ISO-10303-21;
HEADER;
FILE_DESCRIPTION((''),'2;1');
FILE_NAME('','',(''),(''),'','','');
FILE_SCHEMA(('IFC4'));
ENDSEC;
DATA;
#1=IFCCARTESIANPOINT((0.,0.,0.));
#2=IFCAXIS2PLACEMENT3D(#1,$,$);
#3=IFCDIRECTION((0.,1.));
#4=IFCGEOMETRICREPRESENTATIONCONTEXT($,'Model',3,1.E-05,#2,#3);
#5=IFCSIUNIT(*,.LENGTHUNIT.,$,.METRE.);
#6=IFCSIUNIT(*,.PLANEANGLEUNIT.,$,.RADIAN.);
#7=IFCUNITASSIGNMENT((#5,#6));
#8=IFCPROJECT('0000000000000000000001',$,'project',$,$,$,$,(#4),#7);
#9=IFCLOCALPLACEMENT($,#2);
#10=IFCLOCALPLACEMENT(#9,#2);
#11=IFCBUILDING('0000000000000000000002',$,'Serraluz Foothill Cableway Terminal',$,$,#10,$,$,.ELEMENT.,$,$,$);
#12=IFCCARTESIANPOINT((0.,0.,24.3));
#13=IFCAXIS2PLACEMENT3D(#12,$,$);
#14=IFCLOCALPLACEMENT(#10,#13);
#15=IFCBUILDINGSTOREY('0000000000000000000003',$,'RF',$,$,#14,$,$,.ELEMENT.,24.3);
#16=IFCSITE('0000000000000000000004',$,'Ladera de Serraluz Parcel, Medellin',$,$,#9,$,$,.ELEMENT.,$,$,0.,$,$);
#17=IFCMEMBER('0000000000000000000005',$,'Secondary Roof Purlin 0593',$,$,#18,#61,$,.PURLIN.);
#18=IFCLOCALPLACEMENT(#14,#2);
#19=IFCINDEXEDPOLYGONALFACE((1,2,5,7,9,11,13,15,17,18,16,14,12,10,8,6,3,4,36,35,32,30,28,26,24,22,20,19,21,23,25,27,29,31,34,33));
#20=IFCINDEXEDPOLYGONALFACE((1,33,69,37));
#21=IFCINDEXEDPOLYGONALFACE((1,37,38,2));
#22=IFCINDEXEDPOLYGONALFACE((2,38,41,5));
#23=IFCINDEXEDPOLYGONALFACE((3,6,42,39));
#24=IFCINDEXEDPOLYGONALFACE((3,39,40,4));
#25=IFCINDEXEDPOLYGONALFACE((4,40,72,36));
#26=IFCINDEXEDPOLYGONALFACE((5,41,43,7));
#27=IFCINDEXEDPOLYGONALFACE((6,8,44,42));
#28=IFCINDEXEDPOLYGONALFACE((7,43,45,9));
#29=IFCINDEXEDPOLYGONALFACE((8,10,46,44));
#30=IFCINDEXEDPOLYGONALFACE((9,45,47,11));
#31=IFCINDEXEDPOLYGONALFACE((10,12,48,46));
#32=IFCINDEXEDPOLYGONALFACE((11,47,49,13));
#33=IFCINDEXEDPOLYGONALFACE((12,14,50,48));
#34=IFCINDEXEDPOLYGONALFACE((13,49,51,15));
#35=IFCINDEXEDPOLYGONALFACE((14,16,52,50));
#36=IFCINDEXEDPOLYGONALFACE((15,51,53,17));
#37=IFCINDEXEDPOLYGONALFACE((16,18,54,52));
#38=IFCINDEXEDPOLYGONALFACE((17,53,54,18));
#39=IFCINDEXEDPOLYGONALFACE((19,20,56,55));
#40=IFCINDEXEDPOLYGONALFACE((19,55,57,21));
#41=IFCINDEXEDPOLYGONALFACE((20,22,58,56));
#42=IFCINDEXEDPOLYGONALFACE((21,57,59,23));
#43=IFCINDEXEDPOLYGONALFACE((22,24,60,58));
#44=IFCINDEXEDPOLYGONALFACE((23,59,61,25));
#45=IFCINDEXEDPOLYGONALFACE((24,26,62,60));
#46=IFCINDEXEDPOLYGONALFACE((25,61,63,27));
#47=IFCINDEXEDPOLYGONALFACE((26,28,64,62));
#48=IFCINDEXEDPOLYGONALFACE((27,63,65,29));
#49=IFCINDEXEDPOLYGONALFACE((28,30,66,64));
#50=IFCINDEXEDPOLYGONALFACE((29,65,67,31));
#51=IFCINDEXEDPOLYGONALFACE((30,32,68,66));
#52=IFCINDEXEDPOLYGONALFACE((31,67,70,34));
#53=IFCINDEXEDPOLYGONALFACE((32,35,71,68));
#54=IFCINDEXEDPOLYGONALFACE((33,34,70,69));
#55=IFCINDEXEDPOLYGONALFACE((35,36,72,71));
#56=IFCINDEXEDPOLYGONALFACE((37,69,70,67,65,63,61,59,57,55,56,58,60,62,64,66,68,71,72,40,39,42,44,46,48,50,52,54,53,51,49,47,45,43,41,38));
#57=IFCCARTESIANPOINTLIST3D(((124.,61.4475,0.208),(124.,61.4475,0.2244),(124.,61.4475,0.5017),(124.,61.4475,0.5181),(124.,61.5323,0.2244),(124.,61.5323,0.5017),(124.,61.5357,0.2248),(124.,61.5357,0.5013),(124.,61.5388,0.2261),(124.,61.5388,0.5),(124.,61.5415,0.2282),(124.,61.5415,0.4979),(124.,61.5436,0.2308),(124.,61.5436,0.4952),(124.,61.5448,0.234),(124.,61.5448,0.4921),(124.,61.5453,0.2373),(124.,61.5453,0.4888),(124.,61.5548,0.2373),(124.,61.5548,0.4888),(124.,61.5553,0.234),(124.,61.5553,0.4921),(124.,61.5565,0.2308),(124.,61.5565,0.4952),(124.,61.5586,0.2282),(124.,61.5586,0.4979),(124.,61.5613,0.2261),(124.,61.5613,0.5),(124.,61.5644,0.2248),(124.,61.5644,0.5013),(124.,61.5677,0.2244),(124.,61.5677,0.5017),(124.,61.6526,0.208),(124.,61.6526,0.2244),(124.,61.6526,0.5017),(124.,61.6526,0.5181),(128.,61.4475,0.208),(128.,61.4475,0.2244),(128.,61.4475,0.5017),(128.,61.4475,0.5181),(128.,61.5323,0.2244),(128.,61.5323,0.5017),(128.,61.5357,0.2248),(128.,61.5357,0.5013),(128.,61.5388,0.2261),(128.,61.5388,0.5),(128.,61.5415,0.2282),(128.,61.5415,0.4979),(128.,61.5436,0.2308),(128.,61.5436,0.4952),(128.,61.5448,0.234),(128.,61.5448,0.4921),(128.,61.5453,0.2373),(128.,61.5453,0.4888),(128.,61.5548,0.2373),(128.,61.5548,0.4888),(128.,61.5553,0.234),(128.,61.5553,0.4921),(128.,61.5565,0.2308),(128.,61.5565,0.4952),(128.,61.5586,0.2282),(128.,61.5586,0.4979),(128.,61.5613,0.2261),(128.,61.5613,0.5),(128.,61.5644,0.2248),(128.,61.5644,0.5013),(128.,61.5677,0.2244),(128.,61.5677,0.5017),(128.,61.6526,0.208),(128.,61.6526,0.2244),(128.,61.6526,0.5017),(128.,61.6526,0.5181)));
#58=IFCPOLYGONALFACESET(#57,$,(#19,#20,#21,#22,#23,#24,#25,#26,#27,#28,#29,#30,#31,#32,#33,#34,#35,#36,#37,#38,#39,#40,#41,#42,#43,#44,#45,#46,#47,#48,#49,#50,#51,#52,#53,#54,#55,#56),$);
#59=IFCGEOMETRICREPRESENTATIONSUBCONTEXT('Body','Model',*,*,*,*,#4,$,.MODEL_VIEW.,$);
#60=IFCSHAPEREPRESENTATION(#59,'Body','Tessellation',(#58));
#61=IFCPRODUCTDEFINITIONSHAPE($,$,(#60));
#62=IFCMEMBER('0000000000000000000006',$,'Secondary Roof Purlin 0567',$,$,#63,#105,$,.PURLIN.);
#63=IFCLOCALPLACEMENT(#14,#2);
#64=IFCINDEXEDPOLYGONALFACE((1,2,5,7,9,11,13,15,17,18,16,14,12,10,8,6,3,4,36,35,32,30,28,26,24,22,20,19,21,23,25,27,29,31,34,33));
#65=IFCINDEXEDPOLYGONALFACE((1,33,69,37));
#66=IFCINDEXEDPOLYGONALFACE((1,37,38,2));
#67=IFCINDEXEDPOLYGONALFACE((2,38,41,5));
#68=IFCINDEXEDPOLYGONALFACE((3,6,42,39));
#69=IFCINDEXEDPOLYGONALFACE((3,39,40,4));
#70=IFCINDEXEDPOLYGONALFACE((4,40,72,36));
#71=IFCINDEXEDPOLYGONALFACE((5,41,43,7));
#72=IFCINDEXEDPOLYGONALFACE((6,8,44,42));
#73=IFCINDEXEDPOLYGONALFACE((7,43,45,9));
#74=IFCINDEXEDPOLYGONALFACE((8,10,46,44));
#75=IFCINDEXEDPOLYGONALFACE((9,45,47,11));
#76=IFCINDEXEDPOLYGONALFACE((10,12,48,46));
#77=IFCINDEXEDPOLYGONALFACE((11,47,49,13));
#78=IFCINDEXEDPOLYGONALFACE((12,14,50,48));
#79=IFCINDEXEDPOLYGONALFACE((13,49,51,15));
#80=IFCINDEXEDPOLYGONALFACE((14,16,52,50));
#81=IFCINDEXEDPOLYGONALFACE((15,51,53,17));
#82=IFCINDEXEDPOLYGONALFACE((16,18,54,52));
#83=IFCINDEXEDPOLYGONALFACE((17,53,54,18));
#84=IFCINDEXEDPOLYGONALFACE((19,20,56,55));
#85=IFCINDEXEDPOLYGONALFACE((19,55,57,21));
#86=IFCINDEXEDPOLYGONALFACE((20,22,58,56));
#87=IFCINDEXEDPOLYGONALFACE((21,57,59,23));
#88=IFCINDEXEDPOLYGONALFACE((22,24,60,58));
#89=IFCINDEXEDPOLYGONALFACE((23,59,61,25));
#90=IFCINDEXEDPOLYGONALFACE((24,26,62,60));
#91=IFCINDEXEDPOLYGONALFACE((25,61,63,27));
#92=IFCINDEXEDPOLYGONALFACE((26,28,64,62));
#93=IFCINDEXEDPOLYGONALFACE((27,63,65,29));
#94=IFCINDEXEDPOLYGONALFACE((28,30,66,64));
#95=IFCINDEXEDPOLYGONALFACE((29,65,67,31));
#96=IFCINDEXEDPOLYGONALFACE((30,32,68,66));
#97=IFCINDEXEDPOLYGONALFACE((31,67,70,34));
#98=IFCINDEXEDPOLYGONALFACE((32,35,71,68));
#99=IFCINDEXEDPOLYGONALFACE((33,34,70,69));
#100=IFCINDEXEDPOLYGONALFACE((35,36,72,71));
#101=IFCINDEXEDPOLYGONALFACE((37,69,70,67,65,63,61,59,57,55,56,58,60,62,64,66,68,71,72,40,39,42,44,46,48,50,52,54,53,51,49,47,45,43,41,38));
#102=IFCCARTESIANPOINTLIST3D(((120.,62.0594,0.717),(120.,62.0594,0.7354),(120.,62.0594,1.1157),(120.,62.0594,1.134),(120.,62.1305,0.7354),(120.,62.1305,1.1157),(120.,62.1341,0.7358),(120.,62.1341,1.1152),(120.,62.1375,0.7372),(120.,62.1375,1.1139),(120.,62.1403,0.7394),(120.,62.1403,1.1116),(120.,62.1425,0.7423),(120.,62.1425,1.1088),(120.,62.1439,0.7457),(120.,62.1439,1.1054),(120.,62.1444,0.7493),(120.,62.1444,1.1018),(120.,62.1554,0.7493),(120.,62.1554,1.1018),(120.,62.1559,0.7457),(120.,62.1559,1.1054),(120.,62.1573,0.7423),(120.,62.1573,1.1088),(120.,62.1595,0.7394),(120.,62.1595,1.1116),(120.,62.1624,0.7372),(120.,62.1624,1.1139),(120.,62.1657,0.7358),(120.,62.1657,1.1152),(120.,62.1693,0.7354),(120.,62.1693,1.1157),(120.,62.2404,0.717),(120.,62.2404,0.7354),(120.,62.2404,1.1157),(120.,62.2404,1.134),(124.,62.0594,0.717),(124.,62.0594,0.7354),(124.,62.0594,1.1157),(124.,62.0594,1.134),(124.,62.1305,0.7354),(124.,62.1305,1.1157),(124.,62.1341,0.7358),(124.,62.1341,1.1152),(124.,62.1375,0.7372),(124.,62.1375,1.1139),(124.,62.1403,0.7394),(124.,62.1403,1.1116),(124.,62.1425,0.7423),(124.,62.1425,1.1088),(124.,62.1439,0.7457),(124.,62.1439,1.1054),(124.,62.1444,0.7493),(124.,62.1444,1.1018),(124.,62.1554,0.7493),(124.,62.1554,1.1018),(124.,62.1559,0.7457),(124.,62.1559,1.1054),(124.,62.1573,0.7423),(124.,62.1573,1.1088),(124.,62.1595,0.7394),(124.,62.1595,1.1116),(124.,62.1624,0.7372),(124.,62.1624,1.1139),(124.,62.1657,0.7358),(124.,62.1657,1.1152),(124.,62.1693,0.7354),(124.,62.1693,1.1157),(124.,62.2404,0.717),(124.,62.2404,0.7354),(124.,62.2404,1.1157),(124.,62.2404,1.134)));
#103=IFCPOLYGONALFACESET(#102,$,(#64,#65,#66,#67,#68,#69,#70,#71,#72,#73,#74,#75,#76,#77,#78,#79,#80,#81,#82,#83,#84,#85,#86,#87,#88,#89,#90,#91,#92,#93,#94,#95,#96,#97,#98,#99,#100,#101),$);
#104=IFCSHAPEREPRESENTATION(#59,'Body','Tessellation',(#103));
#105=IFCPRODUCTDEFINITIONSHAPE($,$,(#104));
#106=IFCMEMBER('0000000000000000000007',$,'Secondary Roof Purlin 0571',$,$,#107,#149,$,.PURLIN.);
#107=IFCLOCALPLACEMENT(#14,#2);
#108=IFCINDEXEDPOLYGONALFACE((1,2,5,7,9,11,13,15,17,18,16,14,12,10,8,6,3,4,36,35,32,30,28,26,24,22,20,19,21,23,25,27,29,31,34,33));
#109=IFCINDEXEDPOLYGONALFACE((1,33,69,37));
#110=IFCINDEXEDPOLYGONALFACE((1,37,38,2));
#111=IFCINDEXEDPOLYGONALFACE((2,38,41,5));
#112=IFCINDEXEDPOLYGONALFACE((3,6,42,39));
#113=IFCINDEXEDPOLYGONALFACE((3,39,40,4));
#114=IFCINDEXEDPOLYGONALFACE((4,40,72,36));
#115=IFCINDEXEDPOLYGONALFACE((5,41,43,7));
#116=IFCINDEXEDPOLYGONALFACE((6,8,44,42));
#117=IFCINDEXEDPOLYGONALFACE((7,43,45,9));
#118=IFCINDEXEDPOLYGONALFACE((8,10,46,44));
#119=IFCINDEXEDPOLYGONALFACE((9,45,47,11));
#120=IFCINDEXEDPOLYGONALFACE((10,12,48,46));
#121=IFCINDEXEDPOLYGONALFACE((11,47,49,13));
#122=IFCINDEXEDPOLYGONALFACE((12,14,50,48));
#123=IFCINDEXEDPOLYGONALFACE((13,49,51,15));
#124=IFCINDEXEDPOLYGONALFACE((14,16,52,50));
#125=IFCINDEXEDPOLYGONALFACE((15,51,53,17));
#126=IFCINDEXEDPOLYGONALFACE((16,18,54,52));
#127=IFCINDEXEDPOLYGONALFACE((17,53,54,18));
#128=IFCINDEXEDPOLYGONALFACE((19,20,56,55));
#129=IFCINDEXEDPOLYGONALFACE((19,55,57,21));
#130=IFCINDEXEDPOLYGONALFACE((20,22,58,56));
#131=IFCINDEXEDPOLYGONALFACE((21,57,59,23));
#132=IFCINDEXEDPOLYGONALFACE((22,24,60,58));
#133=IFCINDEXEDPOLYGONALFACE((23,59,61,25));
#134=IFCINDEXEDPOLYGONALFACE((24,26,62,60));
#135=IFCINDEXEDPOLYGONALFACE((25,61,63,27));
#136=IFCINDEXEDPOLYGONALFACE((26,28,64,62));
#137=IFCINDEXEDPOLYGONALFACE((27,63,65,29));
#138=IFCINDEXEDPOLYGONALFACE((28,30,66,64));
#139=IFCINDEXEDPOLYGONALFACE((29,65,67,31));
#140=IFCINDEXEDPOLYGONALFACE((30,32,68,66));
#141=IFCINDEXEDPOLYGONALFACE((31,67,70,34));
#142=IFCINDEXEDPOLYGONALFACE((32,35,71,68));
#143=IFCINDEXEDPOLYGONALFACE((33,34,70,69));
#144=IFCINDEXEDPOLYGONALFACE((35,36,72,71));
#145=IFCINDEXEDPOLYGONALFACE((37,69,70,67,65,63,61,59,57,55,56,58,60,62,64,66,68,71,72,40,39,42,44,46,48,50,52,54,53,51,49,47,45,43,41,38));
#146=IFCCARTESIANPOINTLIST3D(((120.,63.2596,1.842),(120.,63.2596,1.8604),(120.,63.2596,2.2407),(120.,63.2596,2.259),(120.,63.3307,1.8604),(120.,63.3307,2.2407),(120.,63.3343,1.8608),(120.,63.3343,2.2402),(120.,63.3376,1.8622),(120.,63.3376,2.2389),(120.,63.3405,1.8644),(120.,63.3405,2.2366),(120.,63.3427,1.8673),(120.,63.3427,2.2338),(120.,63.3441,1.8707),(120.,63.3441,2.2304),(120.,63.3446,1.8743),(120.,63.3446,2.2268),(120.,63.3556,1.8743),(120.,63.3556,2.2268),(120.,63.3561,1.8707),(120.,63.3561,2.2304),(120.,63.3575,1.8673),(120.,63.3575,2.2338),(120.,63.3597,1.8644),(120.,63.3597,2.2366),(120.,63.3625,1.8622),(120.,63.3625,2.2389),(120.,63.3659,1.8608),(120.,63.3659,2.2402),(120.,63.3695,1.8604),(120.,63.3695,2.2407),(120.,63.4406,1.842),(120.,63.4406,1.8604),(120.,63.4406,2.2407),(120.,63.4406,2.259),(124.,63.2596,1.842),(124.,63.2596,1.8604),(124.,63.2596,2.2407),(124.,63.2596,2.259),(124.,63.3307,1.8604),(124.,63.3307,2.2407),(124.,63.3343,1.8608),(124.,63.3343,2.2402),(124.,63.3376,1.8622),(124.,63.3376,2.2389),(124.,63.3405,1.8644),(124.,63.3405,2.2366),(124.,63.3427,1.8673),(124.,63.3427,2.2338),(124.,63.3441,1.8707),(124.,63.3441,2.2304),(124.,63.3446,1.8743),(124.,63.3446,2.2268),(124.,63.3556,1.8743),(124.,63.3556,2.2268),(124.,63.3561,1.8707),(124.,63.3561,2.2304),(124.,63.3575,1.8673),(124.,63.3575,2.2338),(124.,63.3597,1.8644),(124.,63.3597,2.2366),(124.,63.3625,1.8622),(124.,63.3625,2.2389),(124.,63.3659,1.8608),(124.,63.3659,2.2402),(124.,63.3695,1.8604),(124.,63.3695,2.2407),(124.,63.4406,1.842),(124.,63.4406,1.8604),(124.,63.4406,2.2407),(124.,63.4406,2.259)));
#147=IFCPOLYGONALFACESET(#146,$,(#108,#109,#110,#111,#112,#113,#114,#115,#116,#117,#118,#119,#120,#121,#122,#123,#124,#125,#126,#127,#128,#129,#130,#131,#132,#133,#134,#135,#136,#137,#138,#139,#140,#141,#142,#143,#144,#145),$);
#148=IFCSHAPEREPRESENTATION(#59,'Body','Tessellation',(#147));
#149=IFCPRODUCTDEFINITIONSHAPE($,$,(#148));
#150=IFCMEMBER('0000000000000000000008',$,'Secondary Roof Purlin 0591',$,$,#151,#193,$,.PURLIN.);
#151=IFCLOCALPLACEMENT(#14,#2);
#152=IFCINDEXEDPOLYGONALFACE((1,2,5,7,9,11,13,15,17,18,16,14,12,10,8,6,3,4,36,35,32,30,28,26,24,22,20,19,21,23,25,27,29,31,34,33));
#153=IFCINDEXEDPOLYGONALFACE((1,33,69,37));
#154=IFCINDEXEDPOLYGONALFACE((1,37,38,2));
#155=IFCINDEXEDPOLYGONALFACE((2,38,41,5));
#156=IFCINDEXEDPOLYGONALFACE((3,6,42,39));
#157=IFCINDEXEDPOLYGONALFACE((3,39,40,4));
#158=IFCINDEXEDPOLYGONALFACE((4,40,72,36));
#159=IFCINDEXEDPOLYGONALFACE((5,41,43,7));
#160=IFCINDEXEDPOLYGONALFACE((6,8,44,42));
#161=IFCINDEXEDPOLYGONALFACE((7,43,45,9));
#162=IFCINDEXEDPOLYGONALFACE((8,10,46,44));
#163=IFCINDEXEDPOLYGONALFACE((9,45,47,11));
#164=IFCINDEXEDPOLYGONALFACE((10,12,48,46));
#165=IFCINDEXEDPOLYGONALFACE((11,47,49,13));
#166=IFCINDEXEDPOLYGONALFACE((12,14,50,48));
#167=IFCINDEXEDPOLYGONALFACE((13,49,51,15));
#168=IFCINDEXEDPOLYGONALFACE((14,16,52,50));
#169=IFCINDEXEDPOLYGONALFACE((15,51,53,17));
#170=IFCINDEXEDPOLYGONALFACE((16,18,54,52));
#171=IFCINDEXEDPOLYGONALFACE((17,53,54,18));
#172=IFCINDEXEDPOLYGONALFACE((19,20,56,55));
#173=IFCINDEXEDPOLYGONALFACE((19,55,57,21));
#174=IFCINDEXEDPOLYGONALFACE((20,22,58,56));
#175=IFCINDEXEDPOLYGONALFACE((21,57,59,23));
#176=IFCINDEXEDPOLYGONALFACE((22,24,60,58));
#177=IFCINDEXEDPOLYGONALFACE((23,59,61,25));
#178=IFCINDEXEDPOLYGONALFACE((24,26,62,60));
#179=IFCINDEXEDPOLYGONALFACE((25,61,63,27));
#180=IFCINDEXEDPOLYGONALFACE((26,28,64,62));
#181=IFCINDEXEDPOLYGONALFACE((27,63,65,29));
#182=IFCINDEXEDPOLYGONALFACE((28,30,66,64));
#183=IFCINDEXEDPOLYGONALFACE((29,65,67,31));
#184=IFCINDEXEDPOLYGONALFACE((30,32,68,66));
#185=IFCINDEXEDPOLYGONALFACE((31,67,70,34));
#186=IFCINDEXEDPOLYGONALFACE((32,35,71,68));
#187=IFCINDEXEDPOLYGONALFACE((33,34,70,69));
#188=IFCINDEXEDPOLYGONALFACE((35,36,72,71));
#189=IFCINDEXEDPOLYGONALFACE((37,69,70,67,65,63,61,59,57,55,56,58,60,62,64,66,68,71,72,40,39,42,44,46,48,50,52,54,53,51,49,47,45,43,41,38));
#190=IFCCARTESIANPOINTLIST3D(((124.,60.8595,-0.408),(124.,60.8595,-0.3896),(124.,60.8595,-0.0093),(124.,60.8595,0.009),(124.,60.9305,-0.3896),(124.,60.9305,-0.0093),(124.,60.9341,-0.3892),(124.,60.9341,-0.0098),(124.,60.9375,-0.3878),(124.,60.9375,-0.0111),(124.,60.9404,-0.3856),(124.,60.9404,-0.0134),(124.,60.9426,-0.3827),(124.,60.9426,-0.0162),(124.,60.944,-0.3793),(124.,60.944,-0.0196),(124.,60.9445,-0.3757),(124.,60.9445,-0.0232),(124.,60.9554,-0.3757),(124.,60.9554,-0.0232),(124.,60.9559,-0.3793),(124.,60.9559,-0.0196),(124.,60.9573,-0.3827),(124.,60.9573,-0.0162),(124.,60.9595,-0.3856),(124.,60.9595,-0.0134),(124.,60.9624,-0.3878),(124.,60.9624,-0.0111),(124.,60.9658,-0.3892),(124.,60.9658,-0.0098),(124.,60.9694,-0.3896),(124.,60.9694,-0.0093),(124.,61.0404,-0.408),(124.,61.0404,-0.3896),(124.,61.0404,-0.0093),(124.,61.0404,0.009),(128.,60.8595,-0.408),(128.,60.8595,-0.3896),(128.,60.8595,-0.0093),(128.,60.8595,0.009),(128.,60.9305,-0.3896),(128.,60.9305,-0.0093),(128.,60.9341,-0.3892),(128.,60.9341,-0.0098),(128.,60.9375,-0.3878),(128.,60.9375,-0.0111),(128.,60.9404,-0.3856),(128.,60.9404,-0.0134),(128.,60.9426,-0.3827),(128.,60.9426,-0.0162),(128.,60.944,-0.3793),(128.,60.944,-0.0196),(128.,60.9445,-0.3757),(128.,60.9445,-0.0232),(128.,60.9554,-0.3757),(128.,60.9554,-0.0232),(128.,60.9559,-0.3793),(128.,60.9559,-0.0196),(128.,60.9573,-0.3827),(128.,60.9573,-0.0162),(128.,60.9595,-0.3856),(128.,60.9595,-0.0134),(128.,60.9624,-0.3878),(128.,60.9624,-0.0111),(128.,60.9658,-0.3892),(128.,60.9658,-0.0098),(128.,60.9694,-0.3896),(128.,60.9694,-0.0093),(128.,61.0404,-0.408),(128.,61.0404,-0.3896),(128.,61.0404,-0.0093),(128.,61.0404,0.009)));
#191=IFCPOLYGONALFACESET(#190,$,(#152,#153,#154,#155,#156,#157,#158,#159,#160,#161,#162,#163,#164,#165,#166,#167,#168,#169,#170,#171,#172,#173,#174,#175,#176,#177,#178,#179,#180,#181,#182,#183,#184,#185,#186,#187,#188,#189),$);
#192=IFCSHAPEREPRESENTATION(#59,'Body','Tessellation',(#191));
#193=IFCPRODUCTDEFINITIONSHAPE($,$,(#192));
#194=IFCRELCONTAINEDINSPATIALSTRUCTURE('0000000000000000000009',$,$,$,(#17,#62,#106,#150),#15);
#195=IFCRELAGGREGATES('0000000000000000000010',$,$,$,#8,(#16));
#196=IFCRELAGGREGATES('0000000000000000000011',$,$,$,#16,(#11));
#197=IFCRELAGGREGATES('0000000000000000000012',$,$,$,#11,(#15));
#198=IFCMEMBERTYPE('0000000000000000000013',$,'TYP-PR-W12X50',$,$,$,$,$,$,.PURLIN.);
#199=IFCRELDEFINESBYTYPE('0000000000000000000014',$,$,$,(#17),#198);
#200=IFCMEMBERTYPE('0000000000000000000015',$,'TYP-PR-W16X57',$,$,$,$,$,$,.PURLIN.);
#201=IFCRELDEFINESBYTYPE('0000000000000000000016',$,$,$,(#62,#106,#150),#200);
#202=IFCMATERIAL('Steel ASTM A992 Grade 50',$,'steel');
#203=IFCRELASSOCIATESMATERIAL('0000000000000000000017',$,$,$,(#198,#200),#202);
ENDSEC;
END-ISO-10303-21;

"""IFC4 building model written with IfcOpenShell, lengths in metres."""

from ifc_helpers import new_model, si_unit, direction, frame, origin, origin_2d, place, context, subcontext, project, spatial, i_section, extrude, material, material_profile, profile_set, type_object, element, save


model = new_model("IFC4")

# Units and contexts
model_context = context("Model", 3, precision=1e-05, world=origin(), true_north=direction((0.0, 1.0)))
body_context = subcontext(model_context, "Body", "Model", "MODEL_VIEW")
ifc_project = project(units=[si_unit("LENGTHUNIT", "METRE"), si_unit("PLANEANGLEUNIT", "RADIAN")], contexts=[model_context])

# Site, building, storey
site_placement = place(None, origin())
site = spatial("IfcSite", under=ifc_project, at=site_placement, Name="Ladera de Serraluz Parcel, Medellin", CompositionType="ELEMENT", RefElevation=0.0)
building_placement = place(site_placement, origin())
building = spatial("IfcBuilding", under=site, at=building_placement, Name="Serraluz Foothill Cableway Terminal", CompositionType="ELEMENT")
storey_placement = place(building_placement, frame((0.0, 0.0, 24.3)))
storey = spatial("IfcBuildingStorey", under=building, at=storey_placement, Name="RF", CompositionType="ELEMENT", Elevation=24.3)

# Members
ifc_material_1 = material(Name="Steel ASTM A992 Grade 50", Category="steel")
ifc_material_profile_1 = material_profile(ifc_material_1, i_section(OverallWidth=0.2051, OverallDepth=0.3101, WebThickness=0.0095, FlangeThickness=0.0164, FilletRadius=0.0129, at=origin_2d()), Name="W12X50")
ifc_profile_set_1 = profile_set([ifc_material_profile_1], Name="Steel ASTM A992 Grade 50")
member_type_1 = type_object("IfcMemberType", Name="TYP-PR-W12X50", PredefinedType="PURLIN", material=ifc_profile_set_1)
for number, where, z_axis, x_axis, name in (
    (1, (124.0, 61.55, 0.363), (1.0, 0.0, 0.0), (0.0, 1.0, 0.0), "Secondary Roof Purlin 0593"),
):
    element("IfcMember", number, at=place(storey_placement, frame(where, z_axis=z_axis, x_axis=x_axis)), inside=storey, type_object=member_type_1, Name=name, PredefinedType="PURLIN", context=body_context, shape_type="SweptSolid", body=[
        extrude(i_section(OverallWidth=0.2051, OverallDepth=0.3101, WebThickness=0.0095, FlangeThickness=0.0164, FilletRadius=0.0129, at=origin_2d()), origin(), (0.0, 0.0, 1.0), 4.0),
    ])
ifc_material_profile_2 = material_profile(ifc_material_1, i_section(OverallWidth=0.1809, OverallDepth=0.417, WebThickness=0.011, FlangeThickness=0.0183, FilletRadius=0.0139, at=origin_2d()), Name="W16X57")
ifc_profile_set_2 = profile_set([ifc_material_profile_2], Name="Steel ASTM A992 Grade 50")
member_type_2 = type_object("IfcMemberType", Name="TYP-PR-W16X57", PredefinedType="PURLIN", material=ifc_profile_set_2)
for number, where, z_axis, x_axis, name in (
    (2, (120.0, 62.1499, 0.9255), (1.0, 0.0, 0.0), (0.0, 1.0, 0.0), "Secondary Roof Purlin 0567"),
    (3, (120.0, 63.3501, 2.0505), (1.0, 0.0, 0.0), (0.0, 1.0, 0.0), "Secondary Roof Purlin 0571"),
    (4, (124.0, 60.95, -0.1995), (1.0, 0.0, 0.0), (0.0, 1.0, 0.0), "Secondary Roof Purlin 0591"),
):
    element("IfcMember", number, at=place(storey_placement, frame(where, z_axis=z_axis, x_axis=x_axis)), inside=storey, type_object=member_type_2, Name=name, PredefinedType="PURLIN", context=body_context, shape_type="SweptSolid", body=[
        extrude(i_section(OverallWidth=0.1809, OverallDepth=0.417, WebThickness=0.011, FlangeThickness=0.0183, FilletRadius=0.0139, at=origin_2d()), origin(), (0.0, 0.0, 1.0), 4.0),
    ])

save(model, "model.ifc")
